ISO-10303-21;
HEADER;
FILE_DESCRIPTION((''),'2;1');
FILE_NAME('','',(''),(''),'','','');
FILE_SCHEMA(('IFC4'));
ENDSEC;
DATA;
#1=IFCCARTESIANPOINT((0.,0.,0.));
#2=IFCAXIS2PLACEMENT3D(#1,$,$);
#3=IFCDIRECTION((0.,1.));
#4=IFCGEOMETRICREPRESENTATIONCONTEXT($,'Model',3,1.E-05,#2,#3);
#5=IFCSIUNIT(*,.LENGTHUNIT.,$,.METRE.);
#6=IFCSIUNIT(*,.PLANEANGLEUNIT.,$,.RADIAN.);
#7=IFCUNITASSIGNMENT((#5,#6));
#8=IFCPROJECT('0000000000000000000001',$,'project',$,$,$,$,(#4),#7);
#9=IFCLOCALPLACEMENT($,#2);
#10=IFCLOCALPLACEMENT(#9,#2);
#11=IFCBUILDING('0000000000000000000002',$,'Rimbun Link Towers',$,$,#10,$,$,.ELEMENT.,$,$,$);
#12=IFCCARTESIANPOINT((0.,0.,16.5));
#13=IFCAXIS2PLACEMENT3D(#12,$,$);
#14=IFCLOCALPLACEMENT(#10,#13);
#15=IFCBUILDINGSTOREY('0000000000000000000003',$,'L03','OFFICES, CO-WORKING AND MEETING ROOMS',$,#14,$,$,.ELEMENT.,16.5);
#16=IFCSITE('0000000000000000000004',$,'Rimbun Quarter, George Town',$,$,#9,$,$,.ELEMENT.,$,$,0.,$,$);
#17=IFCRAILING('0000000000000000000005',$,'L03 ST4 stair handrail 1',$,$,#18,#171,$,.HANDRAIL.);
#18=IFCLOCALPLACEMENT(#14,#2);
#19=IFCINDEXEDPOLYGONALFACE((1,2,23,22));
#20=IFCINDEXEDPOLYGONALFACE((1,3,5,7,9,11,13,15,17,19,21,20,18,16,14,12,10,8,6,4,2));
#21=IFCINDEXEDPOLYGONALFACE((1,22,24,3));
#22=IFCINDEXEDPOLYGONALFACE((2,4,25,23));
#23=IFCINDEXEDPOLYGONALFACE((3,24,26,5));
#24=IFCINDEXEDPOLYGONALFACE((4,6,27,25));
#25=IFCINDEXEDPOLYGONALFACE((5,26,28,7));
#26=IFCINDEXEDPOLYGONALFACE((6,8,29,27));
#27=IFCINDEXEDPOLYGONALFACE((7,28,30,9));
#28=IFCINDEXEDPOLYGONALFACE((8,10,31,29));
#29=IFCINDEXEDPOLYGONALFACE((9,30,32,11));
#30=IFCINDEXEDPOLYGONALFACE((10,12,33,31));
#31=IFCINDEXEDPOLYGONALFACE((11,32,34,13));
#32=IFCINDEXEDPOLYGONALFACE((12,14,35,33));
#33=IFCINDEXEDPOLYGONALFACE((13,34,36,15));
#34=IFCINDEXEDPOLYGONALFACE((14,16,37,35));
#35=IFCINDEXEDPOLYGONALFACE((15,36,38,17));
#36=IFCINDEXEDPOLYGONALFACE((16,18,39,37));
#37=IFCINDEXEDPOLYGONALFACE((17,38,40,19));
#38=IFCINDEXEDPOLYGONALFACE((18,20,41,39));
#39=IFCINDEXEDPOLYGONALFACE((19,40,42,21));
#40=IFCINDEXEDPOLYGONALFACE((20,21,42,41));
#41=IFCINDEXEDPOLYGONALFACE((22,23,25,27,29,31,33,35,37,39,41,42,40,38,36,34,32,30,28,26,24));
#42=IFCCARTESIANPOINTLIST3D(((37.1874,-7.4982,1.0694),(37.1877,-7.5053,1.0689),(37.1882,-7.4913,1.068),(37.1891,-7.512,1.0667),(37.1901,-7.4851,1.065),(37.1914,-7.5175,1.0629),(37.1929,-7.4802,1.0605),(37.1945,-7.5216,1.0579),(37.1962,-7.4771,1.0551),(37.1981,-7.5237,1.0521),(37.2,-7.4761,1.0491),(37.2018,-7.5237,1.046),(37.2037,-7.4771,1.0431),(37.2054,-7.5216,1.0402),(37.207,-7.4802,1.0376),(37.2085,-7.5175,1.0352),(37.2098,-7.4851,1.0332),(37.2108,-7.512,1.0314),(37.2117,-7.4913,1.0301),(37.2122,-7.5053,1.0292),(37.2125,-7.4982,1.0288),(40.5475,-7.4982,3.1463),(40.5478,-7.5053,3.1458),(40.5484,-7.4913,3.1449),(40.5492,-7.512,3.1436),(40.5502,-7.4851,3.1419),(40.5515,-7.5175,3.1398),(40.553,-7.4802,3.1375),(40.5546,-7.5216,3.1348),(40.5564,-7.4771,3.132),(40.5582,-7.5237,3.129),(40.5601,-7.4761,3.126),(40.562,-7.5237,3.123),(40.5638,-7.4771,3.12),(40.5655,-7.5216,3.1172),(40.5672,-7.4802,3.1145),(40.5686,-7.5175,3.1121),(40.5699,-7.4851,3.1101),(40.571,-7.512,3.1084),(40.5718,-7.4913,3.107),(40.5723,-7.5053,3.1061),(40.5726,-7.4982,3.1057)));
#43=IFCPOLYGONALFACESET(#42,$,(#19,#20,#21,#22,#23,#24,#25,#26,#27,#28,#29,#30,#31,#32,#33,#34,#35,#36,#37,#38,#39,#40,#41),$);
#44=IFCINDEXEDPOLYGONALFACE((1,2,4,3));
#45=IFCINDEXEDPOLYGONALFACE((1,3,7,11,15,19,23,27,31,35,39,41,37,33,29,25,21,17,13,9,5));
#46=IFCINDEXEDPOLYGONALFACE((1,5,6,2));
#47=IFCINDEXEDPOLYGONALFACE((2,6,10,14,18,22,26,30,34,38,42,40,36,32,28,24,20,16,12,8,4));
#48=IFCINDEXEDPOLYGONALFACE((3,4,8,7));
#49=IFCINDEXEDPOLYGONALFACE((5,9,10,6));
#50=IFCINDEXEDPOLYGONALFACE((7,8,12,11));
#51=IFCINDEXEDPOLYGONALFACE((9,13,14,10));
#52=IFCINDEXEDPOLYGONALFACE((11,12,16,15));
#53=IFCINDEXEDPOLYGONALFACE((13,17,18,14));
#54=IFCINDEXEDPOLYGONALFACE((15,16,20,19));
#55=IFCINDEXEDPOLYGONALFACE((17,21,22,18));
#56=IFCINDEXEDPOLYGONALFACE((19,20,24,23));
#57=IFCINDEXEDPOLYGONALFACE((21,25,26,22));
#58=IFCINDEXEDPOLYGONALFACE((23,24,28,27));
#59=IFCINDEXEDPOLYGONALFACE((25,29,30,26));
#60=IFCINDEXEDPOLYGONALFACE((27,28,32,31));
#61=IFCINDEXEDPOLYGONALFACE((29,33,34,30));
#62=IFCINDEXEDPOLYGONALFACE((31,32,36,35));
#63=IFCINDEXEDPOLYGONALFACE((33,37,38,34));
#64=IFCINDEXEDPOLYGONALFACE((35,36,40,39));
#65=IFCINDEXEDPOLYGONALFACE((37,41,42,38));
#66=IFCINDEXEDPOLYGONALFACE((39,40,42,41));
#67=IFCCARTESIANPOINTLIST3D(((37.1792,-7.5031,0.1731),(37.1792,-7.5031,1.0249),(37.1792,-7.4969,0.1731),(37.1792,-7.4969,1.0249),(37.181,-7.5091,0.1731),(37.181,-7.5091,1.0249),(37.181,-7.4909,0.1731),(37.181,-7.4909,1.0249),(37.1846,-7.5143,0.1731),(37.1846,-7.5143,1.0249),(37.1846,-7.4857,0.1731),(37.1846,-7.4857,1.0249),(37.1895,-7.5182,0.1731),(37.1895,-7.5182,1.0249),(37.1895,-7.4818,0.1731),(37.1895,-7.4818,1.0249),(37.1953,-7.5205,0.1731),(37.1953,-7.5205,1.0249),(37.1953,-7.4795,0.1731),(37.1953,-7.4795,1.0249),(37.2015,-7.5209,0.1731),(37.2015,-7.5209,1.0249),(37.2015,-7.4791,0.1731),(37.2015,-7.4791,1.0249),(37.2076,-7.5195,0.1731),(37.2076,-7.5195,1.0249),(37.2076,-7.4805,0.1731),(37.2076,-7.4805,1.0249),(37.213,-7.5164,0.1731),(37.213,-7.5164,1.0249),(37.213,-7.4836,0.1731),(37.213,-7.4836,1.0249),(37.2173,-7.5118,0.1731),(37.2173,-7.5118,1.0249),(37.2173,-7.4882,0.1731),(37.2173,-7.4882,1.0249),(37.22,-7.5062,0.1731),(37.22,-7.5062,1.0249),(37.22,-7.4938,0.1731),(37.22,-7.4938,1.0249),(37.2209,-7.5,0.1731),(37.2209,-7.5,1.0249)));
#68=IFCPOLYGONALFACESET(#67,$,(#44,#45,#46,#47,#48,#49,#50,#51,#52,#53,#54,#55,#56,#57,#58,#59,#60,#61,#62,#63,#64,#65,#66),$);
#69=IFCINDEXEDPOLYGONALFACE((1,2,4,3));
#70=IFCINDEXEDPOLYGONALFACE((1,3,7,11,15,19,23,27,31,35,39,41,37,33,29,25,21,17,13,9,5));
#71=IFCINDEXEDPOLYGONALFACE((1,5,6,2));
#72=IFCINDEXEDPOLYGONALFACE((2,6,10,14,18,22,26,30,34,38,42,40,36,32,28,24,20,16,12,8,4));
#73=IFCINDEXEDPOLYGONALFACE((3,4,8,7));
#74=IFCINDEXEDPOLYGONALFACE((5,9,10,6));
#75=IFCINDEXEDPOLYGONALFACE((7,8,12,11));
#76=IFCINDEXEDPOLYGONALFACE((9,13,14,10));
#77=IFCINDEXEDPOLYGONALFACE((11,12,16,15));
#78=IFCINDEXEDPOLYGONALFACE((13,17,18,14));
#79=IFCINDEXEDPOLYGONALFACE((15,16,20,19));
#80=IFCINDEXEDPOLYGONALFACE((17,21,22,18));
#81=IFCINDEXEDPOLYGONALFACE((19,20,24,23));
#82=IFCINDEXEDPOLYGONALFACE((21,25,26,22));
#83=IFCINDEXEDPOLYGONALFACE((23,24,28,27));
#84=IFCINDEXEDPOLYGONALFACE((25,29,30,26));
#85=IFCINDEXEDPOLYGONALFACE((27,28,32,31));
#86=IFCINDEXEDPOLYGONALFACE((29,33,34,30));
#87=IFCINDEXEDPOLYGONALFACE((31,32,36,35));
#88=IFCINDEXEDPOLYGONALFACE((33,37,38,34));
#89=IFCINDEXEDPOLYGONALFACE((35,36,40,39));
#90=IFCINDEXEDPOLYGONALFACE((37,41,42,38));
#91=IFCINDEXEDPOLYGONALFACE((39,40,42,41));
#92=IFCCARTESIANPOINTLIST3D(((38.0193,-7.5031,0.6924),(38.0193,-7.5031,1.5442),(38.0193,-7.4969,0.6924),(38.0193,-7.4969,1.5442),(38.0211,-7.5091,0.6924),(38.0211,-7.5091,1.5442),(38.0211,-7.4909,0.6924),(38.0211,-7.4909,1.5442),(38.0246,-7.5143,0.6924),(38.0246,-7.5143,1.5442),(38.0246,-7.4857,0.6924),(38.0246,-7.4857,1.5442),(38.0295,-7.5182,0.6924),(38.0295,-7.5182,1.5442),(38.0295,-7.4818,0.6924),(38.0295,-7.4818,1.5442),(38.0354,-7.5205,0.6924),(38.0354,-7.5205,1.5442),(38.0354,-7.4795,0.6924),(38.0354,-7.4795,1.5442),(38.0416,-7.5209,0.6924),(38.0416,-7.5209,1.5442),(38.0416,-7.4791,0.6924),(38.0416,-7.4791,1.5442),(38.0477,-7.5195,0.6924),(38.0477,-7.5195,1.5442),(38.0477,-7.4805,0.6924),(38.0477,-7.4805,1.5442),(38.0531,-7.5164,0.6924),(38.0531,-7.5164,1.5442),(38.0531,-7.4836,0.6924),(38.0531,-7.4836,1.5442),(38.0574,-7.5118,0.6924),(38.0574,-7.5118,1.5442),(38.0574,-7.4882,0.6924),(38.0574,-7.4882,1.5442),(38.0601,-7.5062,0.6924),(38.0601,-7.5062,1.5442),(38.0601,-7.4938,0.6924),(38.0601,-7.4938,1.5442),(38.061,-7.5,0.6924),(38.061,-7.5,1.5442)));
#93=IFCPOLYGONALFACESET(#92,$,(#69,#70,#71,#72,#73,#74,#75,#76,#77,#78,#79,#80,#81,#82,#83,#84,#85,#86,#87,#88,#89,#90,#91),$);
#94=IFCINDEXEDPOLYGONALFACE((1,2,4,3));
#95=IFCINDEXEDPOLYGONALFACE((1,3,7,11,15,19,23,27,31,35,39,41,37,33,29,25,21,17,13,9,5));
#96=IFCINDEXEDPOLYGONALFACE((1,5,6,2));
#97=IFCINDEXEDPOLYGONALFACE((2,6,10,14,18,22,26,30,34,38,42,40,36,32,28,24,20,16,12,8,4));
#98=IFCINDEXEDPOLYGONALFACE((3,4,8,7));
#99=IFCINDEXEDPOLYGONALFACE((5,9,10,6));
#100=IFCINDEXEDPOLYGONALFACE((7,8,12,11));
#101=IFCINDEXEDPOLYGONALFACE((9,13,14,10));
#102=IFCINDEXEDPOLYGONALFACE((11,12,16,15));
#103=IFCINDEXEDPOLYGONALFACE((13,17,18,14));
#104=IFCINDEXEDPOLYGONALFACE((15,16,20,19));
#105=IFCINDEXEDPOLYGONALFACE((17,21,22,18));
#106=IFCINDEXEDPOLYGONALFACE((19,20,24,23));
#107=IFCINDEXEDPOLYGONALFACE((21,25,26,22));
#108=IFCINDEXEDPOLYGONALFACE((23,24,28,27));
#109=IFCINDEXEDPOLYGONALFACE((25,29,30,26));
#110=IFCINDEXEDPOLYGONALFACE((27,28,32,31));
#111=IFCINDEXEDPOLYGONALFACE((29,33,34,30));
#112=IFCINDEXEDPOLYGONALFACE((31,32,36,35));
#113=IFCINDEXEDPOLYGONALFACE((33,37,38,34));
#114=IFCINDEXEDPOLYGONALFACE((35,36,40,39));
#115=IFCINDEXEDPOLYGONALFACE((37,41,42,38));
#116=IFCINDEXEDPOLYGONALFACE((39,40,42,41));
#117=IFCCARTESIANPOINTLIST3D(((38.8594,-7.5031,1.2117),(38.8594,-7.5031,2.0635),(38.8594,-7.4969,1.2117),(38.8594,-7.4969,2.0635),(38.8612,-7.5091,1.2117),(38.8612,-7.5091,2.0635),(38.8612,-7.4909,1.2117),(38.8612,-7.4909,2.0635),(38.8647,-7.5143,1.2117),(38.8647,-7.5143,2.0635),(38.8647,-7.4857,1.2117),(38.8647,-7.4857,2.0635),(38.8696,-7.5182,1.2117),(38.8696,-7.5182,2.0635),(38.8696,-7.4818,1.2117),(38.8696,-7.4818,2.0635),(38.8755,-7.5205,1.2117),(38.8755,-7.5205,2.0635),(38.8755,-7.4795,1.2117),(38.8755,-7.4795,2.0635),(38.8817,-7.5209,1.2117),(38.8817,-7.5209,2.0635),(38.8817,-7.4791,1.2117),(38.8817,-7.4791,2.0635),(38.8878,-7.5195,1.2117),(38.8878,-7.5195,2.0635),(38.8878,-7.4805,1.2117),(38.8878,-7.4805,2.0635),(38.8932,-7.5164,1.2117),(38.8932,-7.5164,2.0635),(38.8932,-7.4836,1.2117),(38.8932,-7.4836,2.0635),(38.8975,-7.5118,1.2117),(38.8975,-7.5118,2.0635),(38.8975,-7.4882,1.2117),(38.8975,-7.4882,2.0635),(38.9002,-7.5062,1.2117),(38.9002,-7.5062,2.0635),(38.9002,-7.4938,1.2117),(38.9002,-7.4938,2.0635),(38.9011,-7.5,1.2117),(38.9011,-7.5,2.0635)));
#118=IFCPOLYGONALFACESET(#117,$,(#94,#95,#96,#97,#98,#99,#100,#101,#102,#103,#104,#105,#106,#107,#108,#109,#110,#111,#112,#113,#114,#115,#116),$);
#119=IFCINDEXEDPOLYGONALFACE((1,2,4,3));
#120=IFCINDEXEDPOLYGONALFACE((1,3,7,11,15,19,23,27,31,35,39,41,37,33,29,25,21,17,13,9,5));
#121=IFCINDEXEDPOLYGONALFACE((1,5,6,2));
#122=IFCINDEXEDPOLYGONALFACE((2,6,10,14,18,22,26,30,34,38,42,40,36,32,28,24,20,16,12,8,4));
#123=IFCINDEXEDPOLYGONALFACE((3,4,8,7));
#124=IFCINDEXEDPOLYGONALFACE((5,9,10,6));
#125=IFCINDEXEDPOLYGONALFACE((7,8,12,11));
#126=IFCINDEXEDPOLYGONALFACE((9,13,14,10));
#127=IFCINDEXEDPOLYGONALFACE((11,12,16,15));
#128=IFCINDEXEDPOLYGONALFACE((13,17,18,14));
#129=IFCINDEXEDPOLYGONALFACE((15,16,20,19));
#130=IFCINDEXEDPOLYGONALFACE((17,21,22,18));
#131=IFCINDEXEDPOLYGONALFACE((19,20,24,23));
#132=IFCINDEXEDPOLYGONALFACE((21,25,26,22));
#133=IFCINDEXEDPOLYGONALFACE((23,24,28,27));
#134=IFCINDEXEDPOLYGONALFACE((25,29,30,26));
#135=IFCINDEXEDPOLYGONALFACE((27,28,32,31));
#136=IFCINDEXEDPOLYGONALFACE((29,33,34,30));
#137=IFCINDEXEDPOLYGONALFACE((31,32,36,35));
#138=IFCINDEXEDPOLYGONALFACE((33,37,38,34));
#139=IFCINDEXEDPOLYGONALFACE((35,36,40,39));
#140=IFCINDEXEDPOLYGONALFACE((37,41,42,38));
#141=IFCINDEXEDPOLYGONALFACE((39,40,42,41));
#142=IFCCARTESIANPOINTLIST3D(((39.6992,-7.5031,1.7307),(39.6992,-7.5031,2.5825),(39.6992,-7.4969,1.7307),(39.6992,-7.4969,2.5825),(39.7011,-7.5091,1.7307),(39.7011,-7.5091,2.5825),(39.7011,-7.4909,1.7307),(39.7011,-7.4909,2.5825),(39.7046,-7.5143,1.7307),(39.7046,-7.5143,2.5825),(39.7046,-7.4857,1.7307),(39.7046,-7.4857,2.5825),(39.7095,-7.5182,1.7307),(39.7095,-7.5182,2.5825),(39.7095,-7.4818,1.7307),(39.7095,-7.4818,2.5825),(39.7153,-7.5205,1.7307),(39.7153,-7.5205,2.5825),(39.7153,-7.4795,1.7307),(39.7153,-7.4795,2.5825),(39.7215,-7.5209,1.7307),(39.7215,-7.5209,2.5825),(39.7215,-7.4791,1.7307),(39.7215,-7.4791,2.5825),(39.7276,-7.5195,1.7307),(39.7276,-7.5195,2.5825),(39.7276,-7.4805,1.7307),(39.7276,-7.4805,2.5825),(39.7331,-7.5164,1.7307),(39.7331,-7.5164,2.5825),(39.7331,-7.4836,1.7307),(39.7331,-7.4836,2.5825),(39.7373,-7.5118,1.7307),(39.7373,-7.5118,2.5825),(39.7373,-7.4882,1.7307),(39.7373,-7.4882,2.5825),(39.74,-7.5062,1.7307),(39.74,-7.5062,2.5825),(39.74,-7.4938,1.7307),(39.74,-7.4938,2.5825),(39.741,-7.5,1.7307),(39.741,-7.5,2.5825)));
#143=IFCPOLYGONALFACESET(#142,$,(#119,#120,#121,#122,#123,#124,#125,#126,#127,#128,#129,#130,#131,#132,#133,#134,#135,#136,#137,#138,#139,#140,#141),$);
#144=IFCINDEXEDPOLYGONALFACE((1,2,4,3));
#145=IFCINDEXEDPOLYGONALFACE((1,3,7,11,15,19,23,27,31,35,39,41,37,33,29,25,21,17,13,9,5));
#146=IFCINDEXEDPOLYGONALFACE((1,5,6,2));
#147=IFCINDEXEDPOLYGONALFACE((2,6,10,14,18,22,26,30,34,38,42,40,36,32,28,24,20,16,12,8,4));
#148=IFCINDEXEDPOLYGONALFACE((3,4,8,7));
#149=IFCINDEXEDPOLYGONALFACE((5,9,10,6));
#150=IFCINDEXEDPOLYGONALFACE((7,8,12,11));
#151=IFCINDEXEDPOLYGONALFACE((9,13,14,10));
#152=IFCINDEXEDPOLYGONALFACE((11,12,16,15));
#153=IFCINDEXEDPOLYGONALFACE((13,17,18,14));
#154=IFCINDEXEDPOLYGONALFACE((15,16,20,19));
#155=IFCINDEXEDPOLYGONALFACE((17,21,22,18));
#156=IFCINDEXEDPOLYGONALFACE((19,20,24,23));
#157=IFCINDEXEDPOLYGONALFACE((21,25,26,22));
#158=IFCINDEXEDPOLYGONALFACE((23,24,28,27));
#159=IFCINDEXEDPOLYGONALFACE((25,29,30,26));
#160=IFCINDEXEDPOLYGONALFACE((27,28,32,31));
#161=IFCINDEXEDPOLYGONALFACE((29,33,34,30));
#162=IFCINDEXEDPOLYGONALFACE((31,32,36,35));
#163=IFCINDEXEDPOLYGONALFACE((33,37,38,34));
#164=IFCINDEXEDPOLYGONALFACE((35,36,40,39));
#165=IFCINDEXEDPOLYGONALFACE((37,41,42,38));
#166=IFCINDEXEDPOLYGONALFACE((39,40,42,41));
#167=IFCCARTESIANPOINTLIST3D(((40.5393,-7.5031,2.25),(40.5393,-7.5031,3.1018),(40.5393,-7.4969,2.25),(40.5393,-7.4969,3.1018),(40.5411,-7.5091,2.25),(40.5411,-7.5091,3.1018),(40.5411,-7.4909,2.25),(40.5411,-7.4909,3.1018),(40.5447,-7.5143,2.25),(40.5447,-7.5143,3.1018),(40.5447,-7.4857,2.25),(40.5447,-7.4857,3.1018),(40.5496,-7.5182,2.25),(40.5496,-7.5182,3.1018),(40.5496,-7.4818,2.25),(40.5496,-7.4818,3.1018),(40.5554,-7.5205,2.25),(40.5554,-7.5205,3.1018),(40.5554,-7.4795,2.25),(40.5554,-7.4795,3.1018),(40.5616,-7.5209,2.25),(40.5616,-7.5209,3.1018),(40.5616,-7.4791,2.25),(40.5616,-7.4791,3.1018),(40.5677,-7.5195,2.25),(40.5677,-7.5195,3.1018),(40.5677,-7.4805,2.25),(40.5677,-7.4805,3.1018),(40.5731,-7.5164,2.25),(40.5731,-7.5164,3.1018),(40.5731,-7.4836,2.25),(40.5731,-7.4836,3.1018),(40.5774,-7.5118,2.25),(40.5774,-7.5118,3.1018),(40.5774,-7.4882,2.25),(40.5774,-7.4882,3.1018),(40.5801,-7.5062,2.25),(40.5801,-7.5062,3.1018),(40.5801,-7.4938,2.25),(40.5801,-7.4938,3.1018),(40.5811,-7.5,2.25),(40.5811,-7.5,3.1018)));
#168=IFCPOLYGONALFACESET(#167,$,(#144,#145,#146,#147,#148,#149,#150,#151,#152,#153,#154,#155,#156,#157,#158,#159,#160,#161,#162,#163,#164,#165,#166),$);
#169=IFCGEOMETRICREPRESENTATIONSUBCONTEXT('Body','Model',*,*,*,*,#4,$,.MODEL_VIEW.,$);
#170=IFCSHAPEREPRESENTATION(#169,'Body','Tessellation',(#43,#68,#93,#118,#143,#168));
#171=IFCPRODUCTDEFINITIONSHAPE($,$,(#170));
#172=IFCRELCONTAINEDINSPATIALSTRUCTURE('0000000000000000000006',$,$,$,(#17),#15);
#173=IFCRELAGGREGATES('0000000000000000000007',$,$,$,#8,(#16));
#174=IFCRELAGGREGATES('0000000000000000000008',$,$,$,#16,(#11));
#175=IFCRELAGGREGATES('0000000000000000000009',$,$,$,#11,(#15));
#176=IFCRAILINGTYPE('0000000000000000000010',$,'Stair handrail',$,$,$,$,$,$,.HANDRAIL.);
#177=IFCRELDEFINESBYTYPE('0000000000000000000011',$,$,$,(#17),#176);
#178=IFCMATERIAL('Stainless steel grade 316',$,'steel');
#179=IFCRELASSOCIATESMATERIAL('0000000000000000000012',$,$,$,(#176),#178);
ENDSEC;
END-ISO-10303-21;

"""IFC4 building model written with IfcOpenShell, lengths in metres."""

from ifc_helpers import new_model, si_unit, direction, frame, origin, origin_2d, place, context, subcontext, project, spatial, circle, extrude, material, type_object, element, save


model = new_model("IFC4")

# Units and contexts
model_context = context("Model", 3, precision=1e-05, world=origin(), true_north=direction((0.0, 1.0)))
body_context = subcontext(model_context, "Body", "Model", "MODEL_VIEW")
ifc_project = project(units=[si_unit("LENGTHUNIT", "METRE"), si_unit("PLANEANGLEUNIT", "RADIAN")], contexts=[model_context])

# Site, building, storey
site_placement = place(None, origin())
site = spatial("IfcSite", under=ifc_project, at=site_placement, Name="Rimbun Quarter, George Town", CompositionType="ELEMENT", RefElevation=0.0)
building_placement = place(site_placement, origin())
building = spatial("IfcBuilding", under=site, at=building_placement, Name="Rimbun Link Towers", CompositionType="ELEMENT")
storey_placement = place(building_placement, frame((0.0, 0.0, 16.5)))
storey = spatial("IfcBuildingStorey", under=building, at=storey_placement, Name="L03", Description="OFFICES, CO-WORKING AND MEETING ROOMS", CompositionType="ELEMENT", Elevation=16.5)

# Railing
ifc_material_1 = material(Name="Stainless steel grade 316", Category="steel")
railing_type_1 = type_object("IfcRailingType", Name="Stair handrail", PredefinedType="HANDRAIL", material=ifc_material_1)
railing_1_placement = place(storey_placement, frame((37.2, -7.5, 0.1731)))
element("IfcRailing", 1, at=railing_1_placement, inside=storey, type_object=railing_type_1, Name="L03 ST4 stair handrail 1", PredefinedType="HANDRAIL", context=body_context, shape_type="SweptSolid", body=[
    extrude(circle(Radius=0.0239, at=origin_2d()), frame((0.0, 0.0, 0.876), z_axis=(0.850623, 0.0, 0.525776), x_axis=(0.0, 1.0, 0.0)), (0.0, 0.0, 1.0), 3.9502),
    extrude(circle(Radius=0.021, at=origin_2d()), origin(), (0.0, 0.0, 1.0), 0.8518),
    extrude(circle(Radius=0.021, at=origin_2d()), frame((0.8401, 0.0, 0.5193)), (0.0, 0.0, 1.0), 0.8518),
    extrude(circle(Radius=0.021, at=origin_2d()), frame((1.6802, 0.0, 1.0386)), (0.0, 0.0, 1.0), 0.8518),
    extrude(circle(Radius=0.021, at=origin_2d()), frame((2.52, 0.0, 1.5576)), (0.0, 0.0, 1.0), 0.8518),
    extrude(circle(Radius=0.021, at=origin_2d()), frame((3.3601, 0.0, 2.0769)), (0.0, 0.0, 1.0), 0.8518),
])

save(model, "model.ifc")
